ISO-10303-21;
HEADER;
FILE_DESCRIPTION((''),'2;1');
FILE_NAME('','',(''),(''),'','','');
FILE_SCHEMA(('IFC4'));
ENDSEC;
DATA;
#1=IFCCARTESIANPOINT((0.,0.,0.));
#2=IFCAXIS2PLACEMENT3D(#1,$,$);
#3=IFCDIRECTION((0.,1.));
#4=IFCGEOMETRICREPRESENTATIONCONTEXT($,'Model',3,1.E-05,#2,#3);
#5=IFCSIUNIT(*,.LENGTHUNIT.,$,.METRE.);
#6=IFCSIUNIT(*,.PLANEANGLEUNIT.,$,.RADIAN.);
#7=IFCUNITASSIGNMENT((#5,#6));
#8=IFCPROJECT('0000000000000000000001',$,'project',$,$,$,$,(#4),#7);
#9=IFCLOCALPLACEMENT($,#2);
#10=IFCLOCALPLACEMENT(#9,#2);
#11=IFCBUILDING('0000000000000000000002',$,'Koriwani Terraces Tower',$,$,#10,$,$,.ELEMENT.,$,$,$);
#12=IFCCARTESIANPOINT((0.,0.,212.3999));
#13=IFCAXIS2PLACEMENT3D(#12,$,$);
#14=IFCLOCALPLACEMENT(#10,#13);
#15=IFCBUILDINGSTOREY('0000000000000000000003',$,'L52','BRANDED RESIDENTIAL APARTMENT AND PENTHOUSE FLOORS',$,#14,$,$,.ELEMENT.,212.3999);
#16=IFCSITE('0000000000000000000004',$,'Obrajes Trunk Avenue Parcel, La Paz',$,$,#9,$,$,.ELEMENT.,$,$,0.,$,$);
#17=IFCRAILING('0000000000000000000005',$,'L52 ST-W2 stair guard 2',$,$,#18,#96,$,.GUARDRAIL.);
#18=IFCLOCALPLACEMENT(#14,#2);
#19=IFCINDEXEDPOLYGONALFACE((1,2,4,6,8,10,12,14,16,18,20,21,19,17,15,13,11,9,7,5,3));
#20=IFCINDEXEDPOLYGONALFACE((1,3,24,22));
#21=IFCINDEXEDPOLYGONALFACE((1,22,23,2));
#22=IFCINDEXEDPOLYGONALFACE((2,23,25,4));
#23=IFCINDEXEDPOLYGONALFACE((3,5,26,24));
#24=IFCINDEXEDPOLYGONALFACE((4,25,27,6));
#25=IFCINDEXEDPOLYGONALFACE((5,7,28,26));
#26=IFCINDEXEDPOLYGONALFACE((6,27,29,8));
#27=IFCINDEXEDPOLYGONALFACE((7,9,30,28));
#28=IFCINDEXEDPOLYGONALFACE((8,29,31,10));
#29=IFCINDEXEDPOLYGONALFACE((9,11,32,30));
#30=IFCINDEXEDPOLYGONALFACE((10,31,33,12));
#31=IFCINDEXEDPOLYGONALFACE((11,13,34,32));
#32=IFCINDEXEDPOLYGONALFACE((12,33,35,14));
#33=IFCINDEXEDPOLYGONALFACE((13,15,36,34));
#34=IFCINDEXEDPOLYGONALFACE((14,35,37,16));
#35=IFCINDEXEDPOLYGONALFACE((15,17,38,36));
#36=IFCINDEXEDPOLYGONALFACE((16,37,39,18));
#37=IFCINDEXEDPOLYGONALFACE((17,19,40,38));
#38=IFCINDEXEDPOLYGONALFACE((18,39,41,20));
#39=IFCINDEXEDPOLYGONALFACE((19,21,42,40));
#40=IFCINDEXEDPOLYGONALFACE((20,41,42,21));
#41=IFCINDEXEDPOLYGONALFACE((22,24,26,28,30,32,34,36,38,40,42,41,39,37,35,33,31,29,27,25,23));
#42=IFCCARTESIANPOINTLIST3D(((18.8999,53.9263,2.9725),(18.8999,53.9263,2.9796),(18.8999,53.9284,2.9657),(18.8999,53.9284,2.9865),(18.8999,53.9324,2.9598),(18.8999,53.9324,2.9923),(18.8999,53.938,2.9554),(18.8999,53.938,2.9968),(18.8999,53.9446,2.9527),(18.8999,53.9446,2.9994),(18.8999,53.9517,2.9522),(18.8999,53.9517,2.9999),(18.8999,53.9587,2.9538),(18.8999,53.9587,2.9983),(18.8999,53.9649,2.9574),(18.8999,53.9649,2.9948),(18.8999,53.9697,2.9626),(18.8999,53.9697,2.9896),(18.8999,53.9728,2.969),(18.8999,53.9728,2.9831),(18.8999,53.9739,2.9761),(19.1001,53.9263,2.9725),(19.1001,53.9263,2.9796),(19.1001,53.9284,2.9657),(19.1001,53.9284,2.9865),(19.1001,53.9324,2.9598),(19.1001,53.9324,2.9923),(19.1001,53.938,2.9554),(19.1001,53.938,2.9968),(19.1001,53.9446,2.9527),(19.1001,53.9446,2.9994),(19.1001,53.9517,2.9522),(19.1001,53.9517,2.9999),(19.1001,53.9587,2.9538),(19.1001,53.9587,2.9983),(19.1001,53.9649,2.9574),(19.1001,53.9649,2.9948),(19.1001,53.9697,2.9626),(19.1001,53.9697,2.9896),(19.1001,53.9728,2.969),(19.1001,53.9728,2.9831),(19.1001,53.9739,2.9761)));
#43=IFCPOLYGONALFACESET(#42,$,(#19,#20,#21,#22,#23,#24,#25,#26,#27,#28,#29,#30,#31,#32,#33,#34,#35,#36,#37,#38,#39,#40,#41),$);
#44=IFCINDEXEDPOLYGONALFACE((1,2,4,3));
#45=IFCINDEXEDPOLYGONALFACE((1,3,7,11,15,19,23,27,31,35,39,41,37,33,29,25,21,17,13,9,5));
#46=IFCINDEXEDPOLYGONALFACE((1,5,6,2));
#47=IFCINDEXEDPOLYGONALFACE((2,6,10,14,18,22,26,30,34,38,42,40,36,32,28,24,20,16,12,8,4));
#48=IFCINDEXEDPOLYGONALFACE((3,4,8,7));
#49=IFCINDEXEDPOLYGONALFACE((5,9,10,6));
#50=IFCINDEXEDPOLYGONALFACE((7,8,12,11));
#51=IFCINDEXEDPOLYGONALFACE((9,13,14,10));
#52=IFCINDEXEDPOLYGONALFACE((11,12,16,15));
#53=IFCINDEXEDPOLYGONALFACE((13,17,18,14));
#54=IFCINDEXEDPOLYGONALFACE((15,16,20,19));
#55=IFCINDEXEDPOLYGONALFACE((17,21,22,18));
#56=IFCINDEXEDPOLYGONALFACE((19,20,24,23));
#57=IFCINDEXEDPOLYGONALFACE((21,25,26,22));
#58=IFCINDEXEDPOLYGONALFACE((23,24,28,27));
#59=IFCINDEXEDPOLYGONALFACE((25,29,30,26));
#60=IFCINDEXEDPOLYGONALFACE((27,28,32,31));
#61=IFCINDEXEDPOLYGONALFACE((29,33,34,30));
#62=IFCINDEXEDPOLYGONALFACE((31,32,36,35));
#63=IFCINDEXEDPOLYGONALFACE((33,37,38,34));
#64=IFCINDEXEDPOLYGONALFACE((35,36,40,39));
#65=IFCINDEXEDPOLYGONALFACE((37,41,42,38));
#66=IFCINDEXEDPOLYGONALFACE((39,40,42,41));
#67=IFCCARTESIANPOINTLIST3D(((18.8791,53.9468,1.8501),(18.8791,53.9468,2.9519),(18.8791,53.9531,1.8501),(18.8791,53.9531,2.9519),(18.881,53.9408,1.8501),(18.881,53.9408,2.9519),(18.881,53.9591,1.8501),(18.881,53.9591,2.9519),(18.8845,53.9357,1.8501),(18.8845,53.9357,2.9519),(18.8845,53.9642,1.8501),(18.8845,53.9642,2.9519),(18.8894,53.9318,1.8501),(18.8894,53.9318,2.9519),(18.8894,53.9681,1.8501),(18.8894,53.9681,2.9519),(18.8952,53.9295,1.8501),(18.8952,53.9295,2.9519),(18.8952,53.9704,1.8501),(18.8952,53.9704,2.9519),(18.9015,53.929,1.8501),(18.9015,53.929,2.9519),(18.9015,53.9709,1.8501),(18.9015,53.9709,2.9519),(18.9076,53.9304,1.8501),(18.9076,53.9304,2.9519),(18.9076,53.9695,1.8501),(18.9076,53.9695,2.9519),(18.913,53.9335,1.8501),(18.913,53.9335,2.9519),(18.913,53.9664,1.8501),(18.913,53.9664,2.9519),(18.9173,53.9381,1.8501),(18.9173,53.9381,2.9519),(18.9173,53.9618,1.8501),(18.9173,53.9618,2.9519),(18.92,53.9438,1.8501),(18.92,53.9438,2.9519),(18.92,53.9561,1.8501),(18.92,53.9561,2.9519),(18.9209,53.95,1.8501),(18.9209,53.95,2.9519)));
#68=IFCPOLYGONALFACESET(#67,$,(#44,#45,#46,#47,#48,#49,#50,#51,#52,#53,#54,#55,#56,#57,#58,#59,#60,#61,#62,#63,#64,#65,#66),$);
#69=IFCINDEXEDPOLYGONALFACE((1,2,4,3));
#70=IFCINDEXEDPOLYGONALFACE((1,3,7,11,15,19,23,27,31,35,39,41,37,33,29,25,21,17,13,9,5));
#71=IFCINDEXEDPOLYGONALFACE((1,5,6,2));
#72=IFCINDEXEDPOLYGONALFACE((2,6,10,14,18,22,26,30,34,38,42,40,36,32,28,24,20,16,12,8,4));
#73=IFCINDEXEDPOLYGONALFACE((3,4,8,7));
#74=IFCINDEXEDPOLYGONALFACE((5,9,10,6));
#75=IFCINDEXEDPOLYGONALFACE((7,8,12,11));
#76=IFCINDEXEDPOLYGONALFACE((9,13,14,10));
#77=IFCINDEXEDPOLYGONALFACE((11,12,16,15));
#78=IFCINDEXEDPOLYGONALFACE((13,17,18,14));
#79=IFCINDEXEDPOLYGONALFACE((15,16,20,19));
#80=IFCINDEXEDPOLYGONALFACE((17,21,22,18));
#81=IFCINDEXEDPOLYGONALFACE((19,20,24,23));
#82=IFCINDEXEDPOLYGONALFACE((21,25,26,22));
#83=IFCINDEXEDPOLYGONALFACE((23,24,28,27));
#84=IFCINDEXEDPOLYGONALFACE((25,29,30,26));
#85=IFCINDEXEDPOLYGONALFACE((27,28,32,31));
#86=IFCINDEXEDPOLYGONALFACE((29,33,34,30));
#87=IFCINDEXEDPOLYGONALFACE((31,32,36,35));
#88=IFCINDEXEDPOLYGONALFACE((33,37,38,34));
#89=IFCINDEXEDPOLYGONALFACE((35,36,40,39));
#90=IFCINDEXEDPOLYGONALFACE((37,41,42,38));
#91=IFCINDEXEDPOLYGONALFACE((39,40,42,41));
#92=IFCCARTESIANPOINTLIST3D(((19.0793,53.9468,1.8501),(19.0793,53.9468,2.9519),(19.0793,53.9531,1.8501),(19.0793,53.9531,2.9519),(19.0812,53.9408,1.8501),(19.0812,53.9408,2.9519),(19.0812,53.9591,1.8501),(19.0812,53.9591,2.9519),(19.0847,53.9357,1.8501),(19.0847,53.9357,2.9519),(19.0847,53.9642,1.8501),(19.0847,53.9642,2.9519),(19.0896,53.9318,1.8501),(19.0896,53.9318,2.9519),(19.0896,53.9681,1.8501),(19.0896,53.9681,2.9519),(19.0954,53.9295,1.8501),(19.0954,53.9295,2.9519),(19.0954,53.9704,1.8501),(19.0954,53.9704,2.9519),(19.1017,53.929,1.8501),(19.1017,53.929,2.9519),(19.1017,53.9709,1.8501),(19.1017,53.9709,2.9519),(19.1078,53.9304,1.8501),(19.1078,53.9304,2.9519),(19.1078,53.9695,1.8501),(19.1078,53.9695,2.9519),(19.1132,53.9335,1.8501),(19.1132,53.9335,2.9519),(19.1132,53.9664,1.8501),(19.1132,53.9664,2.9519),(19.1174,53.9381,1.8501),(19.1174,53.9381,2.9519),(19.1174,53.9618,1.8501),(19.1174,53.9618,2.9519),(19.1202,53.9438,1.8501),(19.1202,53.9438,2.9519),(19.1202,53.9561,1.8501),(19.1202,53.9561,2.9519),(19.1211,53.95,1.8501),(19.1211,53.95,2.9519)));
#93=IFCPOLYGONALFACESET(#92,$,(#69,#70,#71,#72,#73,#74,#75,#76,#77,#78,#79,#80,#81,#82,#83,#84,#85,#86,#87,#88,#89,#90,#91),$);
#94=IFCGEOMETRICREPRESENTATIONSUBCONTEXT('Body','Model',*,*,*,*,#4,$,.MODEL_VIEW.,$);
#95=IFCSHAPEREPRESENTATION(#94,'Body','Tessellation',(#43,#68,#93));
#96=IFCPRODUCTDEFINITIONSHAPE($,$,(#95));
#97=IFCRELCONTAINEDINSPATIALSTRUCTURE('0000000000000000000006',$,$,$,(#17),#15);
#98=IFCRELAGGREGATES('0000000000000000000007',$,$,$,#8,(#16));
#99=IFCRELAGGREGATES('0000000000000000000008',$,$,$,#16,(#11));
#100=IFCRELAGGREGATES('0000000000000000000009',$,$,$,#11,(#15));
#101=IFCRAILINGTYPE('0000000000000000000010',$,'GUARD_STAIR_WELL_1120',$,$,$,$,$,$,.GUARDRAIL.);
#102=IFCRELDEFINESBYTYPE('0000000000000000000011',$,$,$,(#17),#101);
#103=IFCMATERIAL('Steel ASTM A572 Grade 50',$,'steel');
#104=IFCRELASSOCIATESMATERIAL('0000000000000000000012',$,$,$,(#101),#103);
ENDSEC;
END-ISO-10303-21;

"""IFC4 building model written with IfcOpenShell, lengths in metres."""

from ifc_helpers import new_model, si_unit, direction, frame, origin, origin_2d, place, context, subcontext, project, spatial, circle, extrude, material, type_object, element, save


model = new_model("IFC4")

# Units and contexts
model_context = context("Model", 3, precision=1e-05, world=origin(), true_north=direction((0.0, 1.0)))
body_context = subcontext(model_context, "Body", "Model", "MODEL_VIEW")
ifc_project = project(units=[si_unit("LENGTHUNIT", "METRE"), si_unit("PLANEANGLEUNIT", "RADIAN")], contexts=[model_context])

# Site, building, storey
site_placement = place(None, origin())
site = spatial("IfcSite", under=ifc_project, at=site_placement, Name="Obrajes Trunk Avenue Parcel, La Paz", CompositionType="ELEMENT", RefElevation=0.0)
building_placement = place(site_placement, origin())
building = spatial("IfcBuilding", under=site, at=building_placement, Name="Koriwani Terraces Tower", CompositionType="ELEMENT")
storey_placement = place(building_placement, frame((0.0, 0.0, 212.3999)))
storey = spatial("IfcBuildingStorey", under=building, at=storey_placement, Name="L52", Description="BRANDED RESIDENTIAL APARTMENT AND PENTHOUSE FLOORS", CompositionType="ELEMENT", Elevation=212.3999)

# Shared definitions
ifc_material_1 = material(Name="Steel ASTM A572 Grade 50", Category="steel")

# Railing
railing_type_1 = type_object("IfcRailingType", Name="GUARD_STAIR_WELL_1120", PredefinedType="GUARDRAIL", material=ifc_material_1)
railing_1_placement = place(storey_placement, frame((18.8999, 53.95, 1.8501)))
element("IfcRailing", 1, at=railing_1_placement, inside=storey, type_object=railing_type_1, Name="L52 ST-W2 stair guard 2", PredefinedType="GUARDRAIL", context=body_context, shape_type="SweptSolid", body=[
    extrude(circle(Radius=0.0239, at=origin_2d()), frame((0.0, 0.0, 1.126), z_axis=(1.0, 0.0, 0.0), x_axis=(0.0, 1.0, 0.0)), (0.0, 0.0, 1.0), 0.2002),
    extrude(circle(Radius=0.021, at=origin_2d()), origin(), (0.0, 0.0, 1.0), 1.1018),
    extrude(circle(Radius=0.021, at=origin_2d()), frame((0.2002, 0.0, 0.0)), (0.0, 0.0, 1.0), 1.1018),
])

save(model, "model.ifc")
